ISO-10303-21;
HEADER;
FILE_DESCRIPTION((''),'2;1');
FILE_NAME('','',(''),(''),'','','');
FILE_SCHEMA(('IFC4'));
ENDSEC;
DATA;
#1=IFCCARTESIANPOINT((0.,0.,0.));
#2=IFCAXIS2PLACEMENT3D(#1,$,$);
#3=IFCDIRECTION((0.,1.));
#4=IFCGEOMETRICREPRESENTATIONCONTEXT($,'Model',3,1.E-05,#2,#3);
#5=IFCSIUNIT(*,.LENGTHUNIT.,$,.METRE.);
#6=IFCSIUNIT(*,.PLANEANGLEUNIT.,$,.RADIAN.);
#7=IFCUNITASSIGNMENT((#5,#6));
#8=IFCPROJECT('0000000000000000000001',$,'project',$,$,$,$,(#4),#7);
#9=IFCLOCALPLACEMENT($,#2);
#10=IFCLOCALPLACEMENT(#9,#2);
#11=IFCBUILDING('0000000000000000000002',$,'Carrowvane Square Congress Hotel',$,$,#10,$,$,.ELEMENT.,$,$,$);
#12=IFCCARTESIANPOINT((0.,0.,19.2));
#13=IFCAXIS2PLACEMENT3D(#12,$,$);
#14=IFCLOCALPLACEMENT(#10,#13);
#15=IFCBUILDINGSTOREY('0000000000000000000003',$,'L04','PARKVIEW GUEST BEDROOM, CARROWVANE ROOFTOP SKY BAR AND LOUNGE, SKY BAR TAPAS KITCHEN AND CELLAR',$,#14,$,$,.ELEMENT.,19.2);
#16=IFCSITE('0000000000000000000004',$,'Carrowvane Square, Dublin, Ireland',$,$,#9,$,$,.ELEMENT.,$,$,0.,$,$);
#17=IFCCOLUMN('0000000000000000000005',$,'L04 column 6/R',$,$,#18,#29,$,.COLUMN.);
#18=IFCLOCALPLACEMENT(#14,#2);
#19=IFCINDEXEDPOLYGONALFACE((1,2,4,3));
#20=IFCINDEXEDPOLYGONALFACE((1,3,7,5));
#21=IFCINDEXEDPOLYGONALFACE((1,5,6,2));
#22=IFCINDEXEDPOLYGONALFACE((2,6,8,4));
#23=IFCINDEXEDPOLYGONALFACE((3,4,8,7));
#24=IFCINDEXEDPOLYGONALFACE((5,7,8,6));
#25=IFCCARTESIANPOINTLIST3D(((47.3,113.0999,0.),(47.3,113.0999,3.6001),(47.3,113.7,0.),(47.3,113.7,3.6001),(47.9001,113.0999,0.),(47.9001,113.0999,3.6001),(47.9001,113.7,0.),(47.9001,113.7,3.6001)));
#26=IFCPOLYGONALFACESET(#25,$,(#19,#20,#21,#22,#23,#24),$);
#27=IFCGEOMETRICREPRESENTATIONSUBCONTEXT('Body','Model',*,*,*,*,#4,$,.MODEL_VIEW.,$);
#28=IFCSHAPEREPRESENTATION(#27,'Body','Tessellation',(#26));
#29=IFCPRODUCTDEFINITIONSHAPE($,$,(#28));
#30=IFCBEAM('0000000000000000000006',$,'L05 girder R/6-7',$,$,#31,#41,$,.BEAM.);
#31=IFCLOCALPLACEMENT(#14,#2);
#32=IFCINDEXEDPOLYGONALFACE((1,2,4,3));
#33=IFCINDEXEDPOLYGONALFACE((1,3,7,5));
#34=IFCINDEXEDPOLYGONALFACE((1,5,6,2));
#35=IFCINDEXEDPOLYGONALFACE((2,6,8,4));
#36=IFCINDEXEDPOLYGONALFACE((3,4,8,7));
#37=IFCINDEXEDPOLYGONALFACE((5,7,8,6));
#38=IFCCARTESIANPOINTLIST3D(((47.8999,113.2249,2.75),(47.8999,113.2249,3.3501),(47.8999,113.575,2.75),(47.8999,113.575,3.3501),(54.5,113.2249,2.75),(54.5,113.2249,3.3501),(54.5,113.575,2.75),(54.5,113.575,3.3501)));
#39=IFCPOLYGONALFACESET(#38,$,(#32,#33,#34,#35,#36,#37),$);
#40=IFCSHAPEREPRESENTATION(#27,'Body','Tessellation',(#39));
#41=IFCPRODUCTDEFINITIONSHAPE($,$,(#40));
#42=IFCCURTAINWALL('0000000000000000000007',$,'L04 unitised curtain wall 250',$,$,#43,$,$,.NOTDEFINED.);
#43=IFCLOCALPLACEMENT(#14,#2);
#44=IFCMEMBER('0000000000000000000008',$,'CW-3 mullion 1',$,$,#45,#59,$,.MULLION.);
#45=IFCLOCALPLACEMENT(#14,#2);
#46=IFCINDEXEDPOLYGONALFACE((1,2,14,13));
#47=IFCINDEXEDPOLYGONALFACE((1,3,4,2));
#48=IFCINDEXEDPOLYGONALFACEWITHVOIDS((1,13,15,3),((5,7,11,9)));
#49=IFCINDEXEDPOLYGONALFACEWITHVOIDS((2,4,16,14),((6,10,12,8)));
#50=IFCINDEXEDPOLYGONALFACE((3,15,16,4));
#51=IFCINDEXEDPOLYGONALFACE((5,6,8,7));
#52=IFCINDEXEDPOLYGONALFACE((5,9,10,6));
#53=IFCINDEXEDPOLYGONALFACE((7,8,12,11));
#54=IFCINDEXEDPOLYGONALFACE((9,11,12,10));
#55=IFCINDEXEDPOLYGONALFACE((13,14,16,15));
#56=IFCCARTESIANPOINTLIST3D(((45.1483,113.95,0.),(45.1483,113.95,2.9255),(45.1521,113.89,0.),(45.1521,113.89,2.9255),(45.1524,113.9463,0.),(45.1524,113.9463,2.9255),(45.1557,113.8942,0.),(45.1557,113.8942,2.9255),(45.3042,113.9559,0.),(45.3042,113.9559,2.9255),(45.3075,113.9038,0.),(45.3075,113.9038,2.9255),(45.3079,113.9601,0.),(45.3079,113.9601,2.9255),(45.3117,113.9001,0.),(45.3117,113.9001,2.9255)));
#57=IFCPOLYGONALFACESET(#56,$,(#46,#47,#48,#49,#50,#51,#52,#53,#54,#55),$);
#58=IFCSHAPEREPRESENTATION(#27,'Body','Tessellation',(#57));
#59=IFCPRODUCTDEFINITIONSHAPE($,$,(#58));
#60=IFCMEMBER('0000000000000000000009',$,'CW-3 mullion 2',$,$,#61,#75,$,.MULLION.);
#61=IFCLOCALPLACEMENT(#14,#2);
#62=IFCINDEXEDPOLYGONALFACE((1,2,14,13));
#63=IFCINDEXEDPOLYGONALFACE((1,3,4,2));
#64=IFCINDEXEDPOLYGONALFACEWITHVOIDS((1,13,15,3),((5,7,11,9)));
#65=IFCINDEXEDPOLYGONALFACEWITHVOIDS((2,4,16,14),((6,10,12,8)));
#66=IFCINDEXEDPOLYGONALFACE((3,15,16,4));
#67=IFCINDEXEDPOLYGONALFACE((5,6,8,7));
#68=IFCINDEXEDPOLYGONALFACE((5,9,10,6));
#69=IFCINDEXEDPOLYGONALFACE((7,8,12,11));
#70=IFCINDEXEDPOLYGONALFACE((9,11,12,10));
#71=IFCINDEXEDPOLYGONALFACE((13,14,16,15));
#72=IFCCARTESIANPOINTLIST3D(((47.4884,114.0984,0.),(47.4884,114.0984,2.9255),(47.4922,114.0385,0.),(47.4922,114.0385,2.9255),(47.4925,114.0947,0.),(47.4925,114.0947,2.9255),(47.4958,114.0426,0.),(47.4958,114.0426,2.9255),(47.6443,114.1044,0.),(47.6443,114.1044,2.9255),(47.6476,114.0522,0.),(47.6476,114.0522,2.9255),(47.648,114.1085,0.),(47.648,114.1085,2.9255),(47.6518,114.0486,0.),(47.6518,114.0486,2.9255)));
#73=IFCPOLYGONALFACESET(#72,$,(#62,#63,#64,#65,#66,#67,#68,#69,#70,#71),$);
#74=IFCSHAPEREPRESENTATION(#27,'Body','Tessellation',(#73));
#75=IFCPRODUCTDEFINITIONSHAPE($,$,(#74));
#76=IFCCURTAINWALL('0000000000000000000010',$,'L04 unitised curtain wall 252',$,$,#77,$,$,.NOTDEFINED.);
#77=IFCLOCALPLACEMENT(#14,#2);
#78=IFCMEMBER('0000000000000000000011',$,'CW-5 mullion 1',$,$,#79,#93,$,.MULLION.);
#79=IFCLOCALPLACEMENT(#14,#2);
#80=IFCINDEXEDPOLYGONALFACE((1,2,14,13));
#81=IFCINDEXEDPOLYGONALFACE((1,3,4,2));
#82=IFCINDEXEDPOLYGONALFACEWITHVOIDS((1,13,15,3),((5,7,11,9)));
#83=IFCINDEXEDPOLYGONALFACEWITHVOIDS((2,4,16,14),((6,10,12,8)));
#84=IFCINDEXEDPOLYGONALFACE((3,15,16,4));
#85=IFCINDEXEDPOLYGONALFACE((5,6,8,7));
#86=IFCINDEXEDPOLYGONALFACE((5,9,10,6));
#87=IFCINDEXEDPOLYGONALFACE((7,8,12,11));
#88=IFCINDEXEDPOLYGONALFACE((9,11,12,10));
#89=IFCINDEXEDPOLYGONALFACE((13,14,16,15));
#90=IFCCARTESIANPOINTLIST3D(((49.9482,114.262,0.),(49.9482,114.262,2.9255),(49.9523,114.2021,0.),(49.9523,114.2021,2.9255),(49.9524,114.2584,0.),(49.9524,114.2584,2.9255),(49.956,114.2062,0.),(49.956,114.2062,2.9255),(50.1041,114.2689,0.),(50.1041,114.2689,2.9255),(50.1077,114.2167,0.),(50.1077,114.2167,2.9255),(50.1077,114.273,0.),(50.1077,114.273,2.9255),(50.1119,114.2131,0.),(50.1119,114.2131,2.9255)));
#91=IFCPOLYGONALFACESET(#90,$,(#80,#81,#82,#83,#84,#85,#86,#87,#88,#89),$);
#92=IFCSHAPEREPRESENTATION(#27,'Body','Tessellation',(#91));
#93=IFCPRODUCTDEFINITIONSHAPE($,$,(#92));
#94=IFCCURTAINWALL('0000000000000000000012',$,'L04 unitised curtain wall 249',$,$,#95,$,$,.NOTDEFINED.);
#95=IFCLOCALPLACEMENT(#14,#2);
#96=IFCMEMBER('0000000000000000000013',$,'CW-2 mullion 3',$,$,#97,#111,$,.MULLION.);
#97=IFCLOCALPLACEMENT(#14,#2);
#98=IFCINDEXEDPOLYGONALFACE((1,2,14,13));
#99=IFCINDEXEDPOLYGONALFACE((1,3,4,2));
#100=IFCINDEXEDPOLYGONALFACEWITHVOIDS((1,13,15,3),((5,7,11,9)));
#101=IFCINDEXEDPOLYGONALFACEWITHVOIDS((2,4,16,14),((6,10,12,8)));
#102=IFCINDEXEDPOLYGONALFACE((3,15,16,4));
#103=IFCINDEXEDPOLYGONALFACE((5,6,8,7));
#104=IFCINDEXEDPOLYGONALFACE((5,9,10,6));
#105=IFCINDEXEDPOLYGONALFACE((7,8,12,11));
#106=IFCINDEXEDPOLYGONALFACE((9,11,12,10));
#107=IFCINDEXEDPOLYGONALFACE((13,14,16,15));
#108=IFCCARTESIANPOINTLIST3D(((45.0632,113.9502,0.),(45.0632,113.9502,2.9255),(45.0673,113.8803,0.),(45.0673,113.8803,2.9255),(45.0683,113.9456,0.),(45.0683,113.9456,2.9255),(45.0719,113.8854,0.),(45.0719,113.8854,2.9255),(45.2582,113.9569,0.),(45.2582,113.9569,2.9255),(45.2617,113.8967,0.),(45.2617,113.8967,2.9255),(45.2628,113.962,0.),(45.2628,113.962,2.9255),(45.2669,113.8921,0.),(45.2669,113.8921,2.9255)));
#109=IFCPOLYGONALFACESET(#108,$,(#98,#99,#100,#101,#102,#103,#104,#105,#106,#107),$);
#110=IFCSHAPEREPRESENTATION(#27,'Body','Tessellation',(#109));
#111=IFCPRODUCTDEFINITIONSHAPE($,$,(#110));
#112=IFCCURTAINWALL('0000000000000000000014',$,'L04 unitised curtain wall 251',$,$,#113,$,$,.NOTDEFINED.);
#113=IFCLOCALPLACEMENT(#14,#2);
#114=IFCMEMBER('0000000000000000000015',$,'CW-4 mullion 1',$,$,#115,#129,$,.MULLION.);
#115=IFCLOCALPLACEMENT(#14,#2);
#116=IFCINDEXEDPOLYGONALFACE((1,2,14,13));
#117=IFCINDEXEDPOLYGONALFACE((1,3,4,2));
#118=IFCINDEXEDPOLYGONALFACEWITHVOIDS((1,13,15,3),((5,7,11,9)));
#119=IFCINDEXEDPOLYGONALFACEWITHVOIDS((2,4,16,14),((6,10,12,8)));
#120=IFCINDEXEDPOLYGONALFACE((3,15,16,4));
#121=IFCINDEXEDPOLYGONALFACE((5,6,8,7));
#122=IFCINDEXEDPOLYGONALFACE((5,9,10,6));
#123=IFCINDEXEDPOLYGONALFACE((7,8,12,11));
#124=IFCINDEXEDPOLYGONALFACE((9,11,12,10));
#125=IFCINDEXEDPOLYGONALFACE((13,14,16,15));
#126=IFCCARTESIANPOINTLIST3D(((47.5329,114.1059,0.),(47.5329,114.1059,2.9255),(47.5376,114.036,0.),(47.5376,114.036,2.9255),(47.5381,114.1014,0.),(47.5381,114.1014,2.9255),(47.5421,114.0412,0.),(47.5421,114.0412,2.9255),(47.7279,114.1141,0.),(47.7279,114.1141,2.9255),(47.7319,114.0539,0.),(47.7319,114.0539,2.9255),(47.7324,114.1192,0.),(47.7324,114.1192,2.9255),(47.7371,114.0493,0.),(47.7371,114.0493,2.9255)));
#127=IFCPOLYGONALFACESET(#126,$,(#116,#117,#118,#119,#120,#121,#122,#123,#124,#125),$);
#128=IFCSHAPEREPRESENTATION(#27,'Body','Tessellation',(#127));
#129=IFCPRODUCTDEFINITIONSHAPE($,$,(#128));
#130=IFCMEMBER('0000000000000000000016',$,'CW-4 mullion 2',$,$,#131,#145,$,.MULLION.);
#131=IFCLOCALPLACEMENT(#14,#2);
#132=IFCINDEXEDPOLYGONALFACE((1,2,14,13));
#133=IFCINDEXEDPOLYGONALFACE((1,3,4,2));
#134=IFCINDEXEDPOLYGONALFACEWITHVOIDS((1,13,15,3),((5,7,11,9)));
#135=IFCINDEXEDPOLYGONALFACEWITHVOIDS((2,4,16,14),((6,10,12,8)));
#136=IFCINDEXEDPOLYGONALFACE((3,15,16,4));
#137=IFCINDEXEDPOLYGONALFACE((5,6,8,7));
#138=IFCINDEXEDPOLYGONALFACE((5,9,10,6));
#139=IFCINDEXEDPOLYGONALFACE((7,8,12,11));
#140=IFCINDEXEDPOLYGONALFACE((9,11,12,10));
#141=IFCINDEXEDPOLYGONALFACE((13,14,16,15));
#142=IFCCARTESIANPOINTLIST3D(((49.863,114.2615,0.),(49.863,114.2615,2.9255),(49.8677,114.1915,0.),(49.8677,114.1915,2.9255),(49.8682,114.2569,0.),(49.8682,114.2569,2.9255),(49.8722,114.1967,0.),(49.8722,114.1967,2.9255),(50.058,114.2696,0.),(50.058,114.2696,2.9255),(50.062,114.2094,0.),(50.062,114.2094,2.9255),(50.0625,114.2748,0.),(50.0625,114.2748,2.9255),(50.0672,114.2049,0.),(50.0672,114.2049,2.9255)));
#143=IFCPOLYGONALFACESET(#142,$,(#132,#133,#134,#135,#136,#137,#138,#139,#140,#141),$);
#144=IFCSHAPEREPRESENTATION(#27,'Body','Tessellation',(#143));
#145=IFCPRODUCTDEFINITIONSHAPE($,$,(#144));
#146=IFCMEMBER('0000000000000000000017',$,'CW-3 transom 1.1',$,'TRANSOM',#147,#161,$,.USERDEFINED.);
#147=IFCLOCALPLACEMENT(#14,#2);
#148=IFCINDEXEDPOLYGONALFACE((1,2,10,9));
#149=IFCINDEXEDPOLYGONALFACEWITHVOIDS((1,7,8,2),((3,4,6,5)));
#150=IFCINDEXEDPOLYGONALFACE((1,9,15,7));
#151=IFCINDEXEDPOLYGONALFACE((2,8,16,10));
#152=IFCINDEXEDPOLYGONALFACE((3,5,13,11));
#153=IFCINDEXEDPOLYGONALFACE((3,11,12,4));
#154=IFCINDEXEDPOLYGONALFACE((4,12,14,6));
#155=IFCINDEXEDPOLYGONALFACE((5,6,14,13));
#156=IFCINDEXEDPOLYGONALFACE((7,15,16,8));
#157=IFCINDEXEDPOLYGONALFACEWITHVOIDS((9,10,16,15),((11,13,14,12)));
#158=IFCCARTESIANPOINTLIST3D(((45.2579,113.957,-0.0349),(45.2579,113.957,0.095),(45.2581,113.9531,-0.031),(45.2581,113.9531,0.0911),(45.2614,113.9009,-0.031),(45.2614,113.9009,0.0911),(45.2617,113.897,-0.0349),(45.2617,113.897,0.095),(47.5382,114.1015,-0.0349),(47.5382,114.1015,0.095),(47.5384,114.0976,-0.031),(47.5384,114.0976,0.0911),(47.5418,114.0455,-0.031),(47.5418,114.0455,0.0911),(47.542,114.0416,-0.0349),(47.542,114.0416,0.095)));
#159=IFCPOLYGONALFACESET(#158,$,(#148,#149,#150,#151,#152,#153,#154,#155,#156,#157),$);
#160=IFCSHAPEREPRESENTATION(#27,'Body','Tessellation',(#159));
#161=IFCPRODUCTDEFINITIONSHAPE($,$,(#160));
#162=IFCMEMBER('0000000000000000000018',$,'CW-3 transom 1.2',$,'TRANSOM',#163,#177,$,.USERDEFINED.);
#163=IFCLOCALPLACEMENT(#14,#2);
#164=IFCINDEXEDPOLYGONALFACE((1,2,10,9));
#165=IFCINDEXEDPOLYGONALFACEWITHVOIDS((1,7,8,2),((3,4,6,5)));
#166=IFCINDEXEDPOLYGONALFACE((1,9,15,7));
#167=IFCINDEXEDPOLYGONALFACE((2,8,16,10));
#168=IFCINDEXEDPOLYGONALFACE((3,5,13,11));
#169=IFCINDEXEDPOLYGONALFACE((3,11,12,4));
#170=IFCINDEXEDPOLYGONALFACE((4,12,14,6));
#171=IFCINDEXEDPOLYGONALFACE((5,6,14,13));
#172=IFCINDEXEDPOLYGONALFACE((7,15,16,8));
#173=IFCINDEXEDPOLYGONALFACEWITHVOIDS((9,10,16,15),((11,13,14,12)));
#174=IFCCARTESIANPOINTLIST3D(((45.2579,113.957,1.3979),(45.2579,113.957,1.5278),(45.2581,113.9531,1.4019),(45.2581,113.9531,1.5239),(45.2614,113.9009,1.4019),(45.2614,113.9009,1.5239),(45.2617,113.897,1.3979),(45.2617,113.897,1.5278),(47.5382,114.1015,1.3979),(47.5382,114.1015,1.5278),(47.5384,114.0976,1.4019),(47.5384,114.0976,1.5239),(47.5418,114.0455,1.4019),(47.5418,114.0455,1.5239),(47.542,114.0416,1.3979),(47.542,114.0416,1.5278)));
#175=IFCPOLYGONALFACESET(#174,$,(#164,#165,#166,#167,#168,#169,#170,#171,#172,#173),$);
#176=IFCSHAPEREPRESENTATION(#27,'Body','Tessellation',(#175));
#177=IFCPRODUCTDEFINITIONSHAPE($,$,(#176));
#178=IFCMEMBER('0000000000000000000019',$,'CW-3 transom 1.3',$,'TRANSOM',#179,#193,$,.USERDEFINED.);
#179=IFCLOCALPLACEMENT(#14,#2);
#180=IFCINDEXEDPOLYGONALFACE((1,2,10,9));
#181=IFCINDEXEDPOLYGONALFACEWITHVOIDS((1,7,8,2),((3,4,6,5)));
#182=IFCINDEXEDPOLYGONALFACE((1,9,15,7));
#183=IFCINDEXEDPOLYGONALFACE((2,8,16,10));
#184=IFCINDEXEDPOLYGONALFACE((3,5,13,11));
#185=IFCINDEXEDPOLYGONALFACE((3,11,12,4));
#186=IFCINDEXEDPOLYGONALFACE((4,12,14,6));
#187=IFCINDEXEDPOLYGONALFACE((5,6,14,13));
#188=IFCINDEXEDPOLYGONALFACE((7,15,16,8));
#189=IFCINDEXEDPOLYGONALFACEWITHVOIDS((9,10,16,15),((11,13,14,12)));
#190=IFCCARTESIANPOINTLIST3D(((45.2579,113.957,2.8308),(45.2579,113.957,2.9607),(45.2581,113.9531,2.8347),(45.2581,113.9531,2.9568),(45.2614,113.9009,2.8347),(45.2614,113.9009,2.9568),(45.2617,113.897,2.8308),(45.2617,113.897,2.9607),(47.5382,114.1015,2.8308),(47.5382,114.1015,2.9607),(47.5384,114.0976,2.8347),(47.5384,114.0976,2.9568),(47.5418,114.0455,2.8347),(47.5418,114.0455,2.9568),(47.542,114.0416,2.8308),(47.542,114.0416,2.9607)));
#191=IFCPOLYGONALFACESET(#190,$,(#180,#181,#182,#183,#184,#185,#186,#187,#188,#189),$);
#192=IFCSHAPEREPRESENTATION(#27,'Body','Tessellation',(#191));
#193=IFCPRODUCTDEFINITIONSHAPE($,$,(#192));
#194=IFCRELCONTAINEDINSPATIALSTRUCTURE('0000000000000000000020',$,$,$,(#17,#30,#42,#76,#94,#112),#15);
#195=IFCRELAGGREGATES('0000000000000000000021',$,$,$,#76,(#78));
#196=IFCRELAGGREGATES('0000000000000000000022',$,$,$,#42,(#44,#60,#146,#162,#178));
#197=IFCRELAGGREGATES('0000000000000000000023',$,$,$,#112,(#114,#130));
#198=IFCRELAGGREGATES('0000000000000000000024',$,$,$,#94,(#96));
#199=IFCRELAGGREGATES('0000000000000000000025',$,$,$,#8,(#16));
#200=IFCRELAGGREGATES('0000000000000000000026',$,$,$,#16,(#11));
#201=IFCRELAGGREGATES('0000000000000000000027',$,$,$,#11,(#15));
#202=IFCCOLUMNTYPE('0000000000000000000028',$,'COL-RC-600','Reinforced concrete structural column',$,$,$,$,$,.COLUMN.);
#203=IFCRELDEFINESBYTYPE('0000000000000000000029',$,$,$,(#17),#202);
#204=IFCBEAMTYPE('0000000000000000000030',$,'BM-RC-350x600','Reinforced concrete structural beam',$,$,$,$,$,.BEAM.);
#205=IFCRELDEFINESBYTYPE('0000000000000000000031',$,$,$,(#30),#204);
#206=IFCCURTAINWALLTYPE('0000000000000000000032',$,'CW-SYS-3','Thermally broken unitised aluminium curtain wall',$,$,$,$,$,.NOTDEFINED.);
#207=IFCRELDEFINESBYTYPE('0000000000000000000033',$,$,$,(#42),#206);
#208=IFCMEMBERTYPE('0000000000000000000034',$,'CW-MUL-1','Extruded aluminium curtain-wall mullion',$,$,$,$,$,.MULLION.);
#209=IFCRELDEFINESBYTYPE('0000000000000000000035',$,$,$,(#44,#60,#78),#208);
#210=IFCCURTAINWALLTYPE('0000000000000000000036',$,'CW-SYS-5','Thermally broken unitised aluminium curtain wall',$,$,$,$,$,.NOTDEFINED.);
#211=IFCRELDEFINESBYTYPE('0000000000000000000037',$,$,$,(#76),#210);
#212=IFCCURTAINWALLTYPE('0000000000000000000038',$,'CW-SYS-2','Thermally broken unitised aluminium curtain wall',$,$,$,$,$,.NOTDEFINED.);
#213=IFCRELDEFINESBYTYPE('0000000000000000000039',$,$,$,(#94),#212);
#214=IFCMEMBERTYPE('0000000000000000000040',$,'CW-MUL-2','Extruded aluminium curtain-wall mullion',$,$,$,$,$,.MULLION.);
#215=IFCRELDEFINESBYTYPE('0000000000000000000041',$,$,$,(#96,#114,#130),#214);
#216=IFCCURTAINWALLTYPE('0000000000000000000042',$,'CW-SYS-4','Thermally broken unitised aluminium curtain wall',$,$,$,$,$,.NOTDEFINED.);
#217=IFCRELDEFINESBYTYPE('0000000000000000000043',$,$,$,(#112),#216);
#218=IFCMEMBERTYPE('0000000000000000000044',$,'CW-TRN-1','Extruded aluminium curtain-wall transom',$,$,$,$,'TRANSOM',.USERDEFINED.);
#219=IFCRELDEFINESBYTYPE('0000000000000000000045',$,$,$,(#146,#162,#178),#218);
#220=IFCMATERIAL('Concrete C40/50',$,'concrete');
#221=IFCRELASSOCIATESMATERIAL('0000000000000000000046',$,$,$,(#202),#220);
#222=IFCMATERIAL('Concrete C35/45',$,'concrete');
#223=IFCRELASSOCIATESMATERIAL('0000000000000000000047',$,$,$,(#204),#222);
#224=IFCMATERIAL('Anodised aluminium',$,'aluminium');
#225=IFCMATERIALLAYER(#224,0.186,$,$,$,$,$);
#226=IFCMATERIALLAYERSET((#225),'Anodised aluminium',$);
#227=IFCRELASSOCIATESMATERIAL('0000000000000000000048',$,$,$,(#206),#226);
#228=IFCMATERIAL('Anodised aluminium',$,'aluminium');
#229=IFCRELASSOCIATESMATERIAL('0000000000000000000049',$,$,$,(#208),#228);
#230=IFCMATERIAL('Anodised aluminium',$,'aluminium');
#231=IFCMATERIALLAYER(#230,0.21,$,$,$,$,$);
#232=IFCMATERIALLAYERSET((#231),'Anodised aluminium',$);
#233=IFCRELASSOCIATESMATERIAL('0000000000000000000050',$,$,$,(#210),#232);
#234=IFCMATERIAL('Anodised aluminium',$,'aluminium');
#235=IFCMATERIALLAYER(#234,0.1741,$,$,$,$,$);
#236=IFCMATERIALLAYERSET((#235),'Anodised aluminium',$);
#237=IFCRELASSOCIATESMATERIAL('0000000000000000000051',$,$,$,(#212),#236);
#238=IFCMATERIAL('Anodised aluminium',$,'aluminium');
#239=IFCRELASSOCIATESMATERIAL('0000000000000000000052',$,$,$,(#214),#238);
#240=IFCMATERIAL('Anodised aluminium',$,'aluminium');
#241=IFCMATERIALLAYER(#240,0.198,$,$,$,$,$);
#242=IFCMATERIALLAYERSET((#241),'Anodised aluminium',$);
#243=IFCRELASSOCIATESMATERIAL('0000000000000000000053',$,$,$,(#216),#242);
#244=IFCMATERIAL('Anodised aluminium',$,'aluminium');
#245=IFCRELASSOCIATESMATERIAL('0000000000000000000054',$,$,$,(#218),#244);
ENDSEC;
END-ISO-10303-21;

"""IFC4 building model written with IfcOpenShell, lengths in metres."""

from ifc_helpers import new_model, si_unit, direction, frame, origin, origin_2d, place, context, subcontext, project, spatial, rectangle, hollow_rectangle, extrude, material, layer, layer_set, material_profile, profile_set, type_object, element, aggregate, save


model = new_model("IFC4")

# Units and contexts
model_context = context("Model", 3, precision=1e-05, world=origin(), true_north=direction((0.0, 1.0)))
body_context = subcontext(model_context, "Body", "Model", "MODEL_VIEW")
ifc_project = project(units=[si_unit("LENGTHUNIT", "METRE"), si_unit("PLANEANGLEUNIT", "RADIAN")], contexts=[model_context])

# Site, building, storey
site_placement = place(None, origin())
site = spatial("IfcSite", under=ifc_project, at=site_placement, Name="Carrowvane Square, Dublin, Ireland", CompositionType="ELEMENT", RefElevation=0.0)
building_placement = place(site_placement, origin())
building = spatial("IfcBuilding", under=site, at=building_placement, Name="Carrowvane Square Congress Hotel", CompositionType="ELEMENT")
storey_placement = place(building_placement, frame((0.0, 0.0, 19.2)))
storey = spatial("IfcBuildingStorey", under=building, at=storey_placement, Name="L04", Description="PARKVIEW GUEST BEDROOM, CARROWVANE ROOFTOP SKY BAR AND LOUNGE, SKY BAR TAPAS KITCHEN AND CELLAR", CompositionType="ELEMENT", Elevation=19.2)

# Column
ifc_material_1 = material(Name="Concrete C40/50", Category="concrete")
ifc_material_profile_1 = material_profile(ifc_material_1, rectangle(XDim=0.6001, YDim=0.6001, at=origin_2d()), Name="RC 600x600")
ifc_profile_set_1 = profile_set([ifc_material_profile_1], Name="Concrete C40/50")
column_type = type_object("IfcColumnType", Name="COL-RC-600", Description="Reinforced concrete structural column", PredefinedType="COLUMN", material=ifc_profile_set_1)
column_placement = place(storey_placement, frame((47.6001, 113.3999, 0.0), z_axis=(0.0, 0.0, 1.0), x_axis=(1.0, 0.0, 0.0)))
element("IfcColumn", 1, at=column_placement, inside=storey, type_object=column_type, Name="L04 column 6/R", PredefinedType="COLUMN", context=body_context, shape_type="SweptSolid", body=[
    extrude(rectangle(XDim=0.6001, YDim=0.6001, at=origin_2d()), origin(), (0.0, 0.0, 1.0), 3.6001),
])

# Beam
ifc_material_2 = material(Name="Concrete C35/45", Category="concrete")
ifc_material_profile_2 = material_profile(ifc_material_2, rectangle(XDim=0.3501, YDim=0.6001, at=origin_2d()), Name="RC 350x600")
ifc_profile_set_2 = profile_set([ifc_material_profile_2], Name="Concrete C35/45")
beam_type = type_object("IfcBeamType", Name="BM-RC-350x600", Description="Reinforced concrete structural beam", PredefinedType="BEAM", material=ifc_profile_set_2)
beam_placement = place(storey_placement, frame((47.8999, 113.3999, 3.05), z_axis=(1.0, 0.0, 0.0), x_axis=(0.0, 1.0, 0.0)))
element("IfcBeam", 2, at=beam_placement, inside=storey, type_object=beam_type, Name="L05 girder R/6-7", PredefinedType="BEAM", context=body_context, shape_type="SweptSolid", body=[
    extrude(rectangle(XDim=0.3501, YDim=0.6001, at=origin_2d()), origin(), (0.0, 0.0, 1.0), 6.6001),
])

# Curtain wall, members
ifc_material_3 = material(Name="Anodised aluminium", Category="aluminium")
ifc_layer_1 = layer(ifc_material_3, 0.186)
ifc_layer_set_1 = layer_set([ifc_layer_1], Name="Anodised aluminium")
curtain_wall_type_1 = type_object("IfcCurtainWallType", Name="CW-SYS-3", Description="Thermally broken unitised aluminium curtain wall", PredefinedType="NOTDEFINED", material=ifc_layer_set_1)
curtain_wall_1_placement = place(storey_placement, origin())
curtain_wall_1 = element("IfcCurtainWall", 3, at=curtain_wall_1_placement, inside=storey, type_object=curtain_wall_type_1, Name="L04 unitised curtain wall 250", PredefinedType="NOTDEFINED")
ifc_material_4 = material(Name="Anodised aluminium", Category="aluminium")
ifc_material_profile_3 = material_profile(ifc_material_4, hollow_rectangle(XDim=0.0601, YDim=0.1599, WallThickness=0.0039, at=origin_2d()), Name="CW-ML 60x160x4")
ifc_profile_set_3 = profile_set([ifc_material_profile_3], Name="Anodised aluminium")
member_type_1 = type_object("IfcMemberType", Name="CW-MUL-1", Description="Extruded aluminium curtain-wall mullion", PredefinedType="MULLION", material=ifc_profile_set_3)
member_1_placement = place(storey_placement, frame((45.23, 113.925, 0.0), z_axis=(0.0, 0.0, 1.0), x_axis=(-0.063273, 0.997996, 0.0)))
member_1 = element("IfcMember", 4, at=member_1_placement, type_object=member_type_1, Name="CW-3 mullion 1", PredefinedType="MULLION", context=body_context, shape_type="SweptSolid", body=[
    extrude(hollow_rectangle(XDim=0.0601, YDim=0.1599, WallThickness=0.0039, at=origin_2d()), origin(), (0.0, 0.0, 1.0), 2.9255),
])
member_2_placement = place(storey_placement, frame((47.5701, 114.0735, 0.0), z_axis=(0.0, 0.0, 1.0), x_axis=(-0.063273, 0.997996, 0.0)))
member_2 = element("IfcMember", 5, at=member_2_placement, type_object=member_type_1, Name="CW-3 mullion 2", PredefinedType="MULLION", context=body_context, shape_type="SweptSolid", body=[
    extrude(hollow_rectangle(XDim=0.0601, YDim=0.1599, WallThickness=0.0039, at=origin_2d()), origin(), (0.0, 0.0, 1.0), 2.9255),
])

# Curtain walls, members
ifc_material_5 = material(Name="Anodised aluminium", Category="aluminium")
ifc_layer_2 = layer(ifc_material_5, 0.21)
ifc_layer_set_2 = layer_set([ifc_layer_2], Name="Anodised aluminium")
curtain_wall_type_2 = type_object("IfcCurtainWallType", Name="CW-SYS-5", Description="Thermally broken unitised aluminium curtain wall", PredefinedType="NOTDEFINED", material=ifc_layer_set_2)
curtain_wall_2_placement = place(storey_placement, origin())
curtain_wall_2 = element("IfcCurtainWall", 6, at=curtain_wall_2_placement, inside=storey, type_object=curtain_wall_type_2, Name="L04 unitised curtain wall 252", PredefinedType="NOTDEFINED")
member_3_placement = place(storey_placement, frame((50.03, 114.2375, 0.0), z_axis=(0.0, 0.0, 1.0), x_axis=(-0.068986, 0.997618, 0.0)))
member_3 = element("IfcMember", 7, at=member_3_placement, type_object=member_type_1, Name="CW-5 mullion 1", PredefinedType="MULLION", context=body_context, shape_type="SweptSolid", body=[
    extrude(hollow_rectangle(XDim=0.0601, YDim=0.1599, WallThickness=0.0039, at=origin_2d()), origin(), (0.0, 0.0, 1.0), 2.9255),
])
aggregate(curtain_wall_2, [member_3])
ifc_material_6 = material(Name="Anodised aluminium", Category="aluminium")
ifc_layer_3 = layer(ifc_material_6, 0.1741)
ifc_layer_set_3 = layer_set([ifc_layer_3], Name="Anodised aluminium")
curtain_wall_type_3 = type_object("IfcCurtainWallType", Name="CW-SYS-2", Description="Thermally broken unitised aluminium curtain wall", PredefinedType="NOTDEFINED", material=ifc_layer_set_3)
curtain_wall_3_placement = place(storey_placement, origin())
curtain_wall_3 = element("IfcCurtainWall", 8, at=curtain_wall_3_placement, inside=storey, type_object=curtain_wall_type_3, Name="L04 unitised curtain wall 249", PredefinedType="NOTDEFINED")
ifc_material_7 = material(Name="Anodised aluminium", Category="aluminium")
ifc_material_profile_4 = material_profile(ifc_material_7, hollow_rectangle(XDim=0.0701, YDim=0.2, WallThickness=0.0049, at=origin_2d()), Name="CW-ML 70x200x5")
ifc_profile_set_4 = profile_set([ifc_material_profile_4], Name="Anodised aluminium")
member_type_2 = type_object("IfcMemberType", Name="CW-MUL-2", Description="Extruded aluminium curtain-wall mullion", PredefinedType="MULLION", material=ifc_profile_set_4)
member_4_placement = place(storey_placement, frame((45.165, 113.9211, 0.0), z_axis=(0.0, 0.0, 1.0), x_axis=(-0.058989, 0.998259, 0.0)))
member_4 = element("IfcMember", 9, at=member_4_placement, type_object=member_type_2, Name="CW-2 mullion 3", PredefinedType="MULLION", context=body_context, shape_type="SweptSolid", body=[
    extrude(hollow_rectangle(XDim=0.0701, YDim=0.2, WallThickness=0.0049, at=origin_2d()), origin(), (0.0, 0.0, 1.0), 2.9255),
])

# Curtain wall, members
ifc_material_8 = material(Name="Anodised aluminium", Category="aluminium")
ifc_layer_4 = layer(ifc_material_8, 0.198)
ifc_layer_set_4 = layer_set([ifc_layer_4], Name="Anodised aluminium")
curtain_wall_type_4 = type_object("IfcCurtainWallType", Name="CW-SYS-4", Description="Thermally broken unitised aluminium curtain wall", PredefinedType="NOTDEFINED", material=ifc_layer_set_4)
curtain_wall_4_placement = place(storey_placement, origin())
curtain_wall_4 = element("IfcCurtainWall", 10, at=curtain_wall_4_placement, inside=storey, type_object=curtain_wall_type_4, Name="L04 unitised curtain wall 251", PredefinedType="NOTDEFINED")
member_5_placement = place(storey_placement, frame((47.635, 114.0776, 0.0), z_axis=(0.0, 0.0, 1.0), x_axis=(-0.066578, 0.997781, 0.0)))
member_5 = element("IfcMember", 11, at=member_5_placement, type_object=member_type_2, Name="CW-4 mullion 1", PredefinedType="MULLION", context=body_context, shape_type="SweptSolid", body=[
    extrude(hollow_rectangle(XDim=0.0701, YDim=0.2, WallThickness=0.0049, at=origin_2d()), origin(), (0.0, 0.0, 1.0), 2.9255),
])
member_6_placement = place(storey_placement, frame((49.9651, 114.2332, 0.0), z_axis=(0.0, 0.0, 1.0), x_axis=(-0.066578, 0.997781, 0.0)))
member_6 = element("IfcMember", 12, at=member_6_placement, type_object=member_type_2, Name="CW-4 mullion 2", PredefinedType="MULLION", context=body_context, shape_type="SweptSolid", body=[
    extrude(hollow_rectangle(XDim=0.0701, YDim=0.2, WallThickness=0.0049, at=origin_2d()), origin(), (0.0, 0.0, 1.0), 2.9255),
])

# Members
ifc_material_9 = material(Name="Anodised aluminium", Category="aluminium")
ifc_material_profile_5 = material_profile(ifc_material_9, hollow_rectangle(XDim=0.0601, YDim=0.1299, WallThickness=0.0039, at=origin_2d()), Name="CW-TR 60x130x4")
ifc_profile_set_5 = profile_set([ifc_material_profile_5], Name="Anodised aluminium")
member_type_3 = type_object("IfcMemberType", Name="CW-TRN-1", Description="Extruded aluminium curtain-wall transom", ElementType="TRANSOM", PredefinedType="USERDEFINED", material=ifc_profile_set_5)
member_7_placement = place(storey_placement, frame((45.2598, 113.927, 0.03), z_axis=(0.997997, 0.063256, 0.0), x_axis=(-0.063256, 0.997997, 0.0)))
member_7 = element("IfcMember", 13, at=member_7_placement, type_object=member_type_3, Name="CW-3 transom 1.1", ObjectType="TRANSOM", PredefinedType="USERDEFINED", context=body_context, shape_type="SweptSolid", body=[
    extrude(hollow_rectangle(XDim=0.0601, YDim=0.1299, WallThickness=0.0039, at=origin_2d()), origin(), (0.0, 0.0, 1.0), 2.2849),
])
member_8_placement = place(storey_placement, frame((45.2598, 113.927, 1.4629), z_axis=(0.997997, 0.063256, 0.0), x_axis=(-0.063256, 0.997997, 0.0)))
member_8 = element("IfcMember", 14, at=member_8_placement, type_object=member_type_3, Name="CW-3 transom 1.2", ObjectType="TRANSOM", PredefinedType="USERDEFINED", context=body_context, shape_type="SweptSolid", body=[
    extrude(hollow_rectangle(XDim=0.0601, YDim=0.1299, WallThickness=0.0039, at=origin_2d()), origin(), (0.0, 0.0, 1.0), 2.2849),
])
member_9_placement = place(storey_placement, frame((45.2598, 113.927, 2.8958), z_axis=(0.997997, 0.063256, 0.0), x_axis=(-0.063256, 0.997997, 0.0)))
member_9 = element("IfcMember", 15, at=member_9_placement, type_object=member_type_3, Name="CW-3 transom 1.3", ObjectType="TRANSOM", PredefinedType="USERDEFINED", context=body_context, shape_type="SweptSolid", body=[
    extrude(hollow_rectangle(XDim=0.0601, YDim=0.1299, WallThickness=0.0039, at=origin_2d()), origin(), (0.0, 0.0, 1.0), 2.2849),
])

aggregate(curtain_wall_1, [member_1, member_2, member_7, member_8, member_9])
aggregate(curtain_wall_4, [member_5, member_6])
aggregate(curtain_wall_3, [member_4])

save(model, "model.ifc")
